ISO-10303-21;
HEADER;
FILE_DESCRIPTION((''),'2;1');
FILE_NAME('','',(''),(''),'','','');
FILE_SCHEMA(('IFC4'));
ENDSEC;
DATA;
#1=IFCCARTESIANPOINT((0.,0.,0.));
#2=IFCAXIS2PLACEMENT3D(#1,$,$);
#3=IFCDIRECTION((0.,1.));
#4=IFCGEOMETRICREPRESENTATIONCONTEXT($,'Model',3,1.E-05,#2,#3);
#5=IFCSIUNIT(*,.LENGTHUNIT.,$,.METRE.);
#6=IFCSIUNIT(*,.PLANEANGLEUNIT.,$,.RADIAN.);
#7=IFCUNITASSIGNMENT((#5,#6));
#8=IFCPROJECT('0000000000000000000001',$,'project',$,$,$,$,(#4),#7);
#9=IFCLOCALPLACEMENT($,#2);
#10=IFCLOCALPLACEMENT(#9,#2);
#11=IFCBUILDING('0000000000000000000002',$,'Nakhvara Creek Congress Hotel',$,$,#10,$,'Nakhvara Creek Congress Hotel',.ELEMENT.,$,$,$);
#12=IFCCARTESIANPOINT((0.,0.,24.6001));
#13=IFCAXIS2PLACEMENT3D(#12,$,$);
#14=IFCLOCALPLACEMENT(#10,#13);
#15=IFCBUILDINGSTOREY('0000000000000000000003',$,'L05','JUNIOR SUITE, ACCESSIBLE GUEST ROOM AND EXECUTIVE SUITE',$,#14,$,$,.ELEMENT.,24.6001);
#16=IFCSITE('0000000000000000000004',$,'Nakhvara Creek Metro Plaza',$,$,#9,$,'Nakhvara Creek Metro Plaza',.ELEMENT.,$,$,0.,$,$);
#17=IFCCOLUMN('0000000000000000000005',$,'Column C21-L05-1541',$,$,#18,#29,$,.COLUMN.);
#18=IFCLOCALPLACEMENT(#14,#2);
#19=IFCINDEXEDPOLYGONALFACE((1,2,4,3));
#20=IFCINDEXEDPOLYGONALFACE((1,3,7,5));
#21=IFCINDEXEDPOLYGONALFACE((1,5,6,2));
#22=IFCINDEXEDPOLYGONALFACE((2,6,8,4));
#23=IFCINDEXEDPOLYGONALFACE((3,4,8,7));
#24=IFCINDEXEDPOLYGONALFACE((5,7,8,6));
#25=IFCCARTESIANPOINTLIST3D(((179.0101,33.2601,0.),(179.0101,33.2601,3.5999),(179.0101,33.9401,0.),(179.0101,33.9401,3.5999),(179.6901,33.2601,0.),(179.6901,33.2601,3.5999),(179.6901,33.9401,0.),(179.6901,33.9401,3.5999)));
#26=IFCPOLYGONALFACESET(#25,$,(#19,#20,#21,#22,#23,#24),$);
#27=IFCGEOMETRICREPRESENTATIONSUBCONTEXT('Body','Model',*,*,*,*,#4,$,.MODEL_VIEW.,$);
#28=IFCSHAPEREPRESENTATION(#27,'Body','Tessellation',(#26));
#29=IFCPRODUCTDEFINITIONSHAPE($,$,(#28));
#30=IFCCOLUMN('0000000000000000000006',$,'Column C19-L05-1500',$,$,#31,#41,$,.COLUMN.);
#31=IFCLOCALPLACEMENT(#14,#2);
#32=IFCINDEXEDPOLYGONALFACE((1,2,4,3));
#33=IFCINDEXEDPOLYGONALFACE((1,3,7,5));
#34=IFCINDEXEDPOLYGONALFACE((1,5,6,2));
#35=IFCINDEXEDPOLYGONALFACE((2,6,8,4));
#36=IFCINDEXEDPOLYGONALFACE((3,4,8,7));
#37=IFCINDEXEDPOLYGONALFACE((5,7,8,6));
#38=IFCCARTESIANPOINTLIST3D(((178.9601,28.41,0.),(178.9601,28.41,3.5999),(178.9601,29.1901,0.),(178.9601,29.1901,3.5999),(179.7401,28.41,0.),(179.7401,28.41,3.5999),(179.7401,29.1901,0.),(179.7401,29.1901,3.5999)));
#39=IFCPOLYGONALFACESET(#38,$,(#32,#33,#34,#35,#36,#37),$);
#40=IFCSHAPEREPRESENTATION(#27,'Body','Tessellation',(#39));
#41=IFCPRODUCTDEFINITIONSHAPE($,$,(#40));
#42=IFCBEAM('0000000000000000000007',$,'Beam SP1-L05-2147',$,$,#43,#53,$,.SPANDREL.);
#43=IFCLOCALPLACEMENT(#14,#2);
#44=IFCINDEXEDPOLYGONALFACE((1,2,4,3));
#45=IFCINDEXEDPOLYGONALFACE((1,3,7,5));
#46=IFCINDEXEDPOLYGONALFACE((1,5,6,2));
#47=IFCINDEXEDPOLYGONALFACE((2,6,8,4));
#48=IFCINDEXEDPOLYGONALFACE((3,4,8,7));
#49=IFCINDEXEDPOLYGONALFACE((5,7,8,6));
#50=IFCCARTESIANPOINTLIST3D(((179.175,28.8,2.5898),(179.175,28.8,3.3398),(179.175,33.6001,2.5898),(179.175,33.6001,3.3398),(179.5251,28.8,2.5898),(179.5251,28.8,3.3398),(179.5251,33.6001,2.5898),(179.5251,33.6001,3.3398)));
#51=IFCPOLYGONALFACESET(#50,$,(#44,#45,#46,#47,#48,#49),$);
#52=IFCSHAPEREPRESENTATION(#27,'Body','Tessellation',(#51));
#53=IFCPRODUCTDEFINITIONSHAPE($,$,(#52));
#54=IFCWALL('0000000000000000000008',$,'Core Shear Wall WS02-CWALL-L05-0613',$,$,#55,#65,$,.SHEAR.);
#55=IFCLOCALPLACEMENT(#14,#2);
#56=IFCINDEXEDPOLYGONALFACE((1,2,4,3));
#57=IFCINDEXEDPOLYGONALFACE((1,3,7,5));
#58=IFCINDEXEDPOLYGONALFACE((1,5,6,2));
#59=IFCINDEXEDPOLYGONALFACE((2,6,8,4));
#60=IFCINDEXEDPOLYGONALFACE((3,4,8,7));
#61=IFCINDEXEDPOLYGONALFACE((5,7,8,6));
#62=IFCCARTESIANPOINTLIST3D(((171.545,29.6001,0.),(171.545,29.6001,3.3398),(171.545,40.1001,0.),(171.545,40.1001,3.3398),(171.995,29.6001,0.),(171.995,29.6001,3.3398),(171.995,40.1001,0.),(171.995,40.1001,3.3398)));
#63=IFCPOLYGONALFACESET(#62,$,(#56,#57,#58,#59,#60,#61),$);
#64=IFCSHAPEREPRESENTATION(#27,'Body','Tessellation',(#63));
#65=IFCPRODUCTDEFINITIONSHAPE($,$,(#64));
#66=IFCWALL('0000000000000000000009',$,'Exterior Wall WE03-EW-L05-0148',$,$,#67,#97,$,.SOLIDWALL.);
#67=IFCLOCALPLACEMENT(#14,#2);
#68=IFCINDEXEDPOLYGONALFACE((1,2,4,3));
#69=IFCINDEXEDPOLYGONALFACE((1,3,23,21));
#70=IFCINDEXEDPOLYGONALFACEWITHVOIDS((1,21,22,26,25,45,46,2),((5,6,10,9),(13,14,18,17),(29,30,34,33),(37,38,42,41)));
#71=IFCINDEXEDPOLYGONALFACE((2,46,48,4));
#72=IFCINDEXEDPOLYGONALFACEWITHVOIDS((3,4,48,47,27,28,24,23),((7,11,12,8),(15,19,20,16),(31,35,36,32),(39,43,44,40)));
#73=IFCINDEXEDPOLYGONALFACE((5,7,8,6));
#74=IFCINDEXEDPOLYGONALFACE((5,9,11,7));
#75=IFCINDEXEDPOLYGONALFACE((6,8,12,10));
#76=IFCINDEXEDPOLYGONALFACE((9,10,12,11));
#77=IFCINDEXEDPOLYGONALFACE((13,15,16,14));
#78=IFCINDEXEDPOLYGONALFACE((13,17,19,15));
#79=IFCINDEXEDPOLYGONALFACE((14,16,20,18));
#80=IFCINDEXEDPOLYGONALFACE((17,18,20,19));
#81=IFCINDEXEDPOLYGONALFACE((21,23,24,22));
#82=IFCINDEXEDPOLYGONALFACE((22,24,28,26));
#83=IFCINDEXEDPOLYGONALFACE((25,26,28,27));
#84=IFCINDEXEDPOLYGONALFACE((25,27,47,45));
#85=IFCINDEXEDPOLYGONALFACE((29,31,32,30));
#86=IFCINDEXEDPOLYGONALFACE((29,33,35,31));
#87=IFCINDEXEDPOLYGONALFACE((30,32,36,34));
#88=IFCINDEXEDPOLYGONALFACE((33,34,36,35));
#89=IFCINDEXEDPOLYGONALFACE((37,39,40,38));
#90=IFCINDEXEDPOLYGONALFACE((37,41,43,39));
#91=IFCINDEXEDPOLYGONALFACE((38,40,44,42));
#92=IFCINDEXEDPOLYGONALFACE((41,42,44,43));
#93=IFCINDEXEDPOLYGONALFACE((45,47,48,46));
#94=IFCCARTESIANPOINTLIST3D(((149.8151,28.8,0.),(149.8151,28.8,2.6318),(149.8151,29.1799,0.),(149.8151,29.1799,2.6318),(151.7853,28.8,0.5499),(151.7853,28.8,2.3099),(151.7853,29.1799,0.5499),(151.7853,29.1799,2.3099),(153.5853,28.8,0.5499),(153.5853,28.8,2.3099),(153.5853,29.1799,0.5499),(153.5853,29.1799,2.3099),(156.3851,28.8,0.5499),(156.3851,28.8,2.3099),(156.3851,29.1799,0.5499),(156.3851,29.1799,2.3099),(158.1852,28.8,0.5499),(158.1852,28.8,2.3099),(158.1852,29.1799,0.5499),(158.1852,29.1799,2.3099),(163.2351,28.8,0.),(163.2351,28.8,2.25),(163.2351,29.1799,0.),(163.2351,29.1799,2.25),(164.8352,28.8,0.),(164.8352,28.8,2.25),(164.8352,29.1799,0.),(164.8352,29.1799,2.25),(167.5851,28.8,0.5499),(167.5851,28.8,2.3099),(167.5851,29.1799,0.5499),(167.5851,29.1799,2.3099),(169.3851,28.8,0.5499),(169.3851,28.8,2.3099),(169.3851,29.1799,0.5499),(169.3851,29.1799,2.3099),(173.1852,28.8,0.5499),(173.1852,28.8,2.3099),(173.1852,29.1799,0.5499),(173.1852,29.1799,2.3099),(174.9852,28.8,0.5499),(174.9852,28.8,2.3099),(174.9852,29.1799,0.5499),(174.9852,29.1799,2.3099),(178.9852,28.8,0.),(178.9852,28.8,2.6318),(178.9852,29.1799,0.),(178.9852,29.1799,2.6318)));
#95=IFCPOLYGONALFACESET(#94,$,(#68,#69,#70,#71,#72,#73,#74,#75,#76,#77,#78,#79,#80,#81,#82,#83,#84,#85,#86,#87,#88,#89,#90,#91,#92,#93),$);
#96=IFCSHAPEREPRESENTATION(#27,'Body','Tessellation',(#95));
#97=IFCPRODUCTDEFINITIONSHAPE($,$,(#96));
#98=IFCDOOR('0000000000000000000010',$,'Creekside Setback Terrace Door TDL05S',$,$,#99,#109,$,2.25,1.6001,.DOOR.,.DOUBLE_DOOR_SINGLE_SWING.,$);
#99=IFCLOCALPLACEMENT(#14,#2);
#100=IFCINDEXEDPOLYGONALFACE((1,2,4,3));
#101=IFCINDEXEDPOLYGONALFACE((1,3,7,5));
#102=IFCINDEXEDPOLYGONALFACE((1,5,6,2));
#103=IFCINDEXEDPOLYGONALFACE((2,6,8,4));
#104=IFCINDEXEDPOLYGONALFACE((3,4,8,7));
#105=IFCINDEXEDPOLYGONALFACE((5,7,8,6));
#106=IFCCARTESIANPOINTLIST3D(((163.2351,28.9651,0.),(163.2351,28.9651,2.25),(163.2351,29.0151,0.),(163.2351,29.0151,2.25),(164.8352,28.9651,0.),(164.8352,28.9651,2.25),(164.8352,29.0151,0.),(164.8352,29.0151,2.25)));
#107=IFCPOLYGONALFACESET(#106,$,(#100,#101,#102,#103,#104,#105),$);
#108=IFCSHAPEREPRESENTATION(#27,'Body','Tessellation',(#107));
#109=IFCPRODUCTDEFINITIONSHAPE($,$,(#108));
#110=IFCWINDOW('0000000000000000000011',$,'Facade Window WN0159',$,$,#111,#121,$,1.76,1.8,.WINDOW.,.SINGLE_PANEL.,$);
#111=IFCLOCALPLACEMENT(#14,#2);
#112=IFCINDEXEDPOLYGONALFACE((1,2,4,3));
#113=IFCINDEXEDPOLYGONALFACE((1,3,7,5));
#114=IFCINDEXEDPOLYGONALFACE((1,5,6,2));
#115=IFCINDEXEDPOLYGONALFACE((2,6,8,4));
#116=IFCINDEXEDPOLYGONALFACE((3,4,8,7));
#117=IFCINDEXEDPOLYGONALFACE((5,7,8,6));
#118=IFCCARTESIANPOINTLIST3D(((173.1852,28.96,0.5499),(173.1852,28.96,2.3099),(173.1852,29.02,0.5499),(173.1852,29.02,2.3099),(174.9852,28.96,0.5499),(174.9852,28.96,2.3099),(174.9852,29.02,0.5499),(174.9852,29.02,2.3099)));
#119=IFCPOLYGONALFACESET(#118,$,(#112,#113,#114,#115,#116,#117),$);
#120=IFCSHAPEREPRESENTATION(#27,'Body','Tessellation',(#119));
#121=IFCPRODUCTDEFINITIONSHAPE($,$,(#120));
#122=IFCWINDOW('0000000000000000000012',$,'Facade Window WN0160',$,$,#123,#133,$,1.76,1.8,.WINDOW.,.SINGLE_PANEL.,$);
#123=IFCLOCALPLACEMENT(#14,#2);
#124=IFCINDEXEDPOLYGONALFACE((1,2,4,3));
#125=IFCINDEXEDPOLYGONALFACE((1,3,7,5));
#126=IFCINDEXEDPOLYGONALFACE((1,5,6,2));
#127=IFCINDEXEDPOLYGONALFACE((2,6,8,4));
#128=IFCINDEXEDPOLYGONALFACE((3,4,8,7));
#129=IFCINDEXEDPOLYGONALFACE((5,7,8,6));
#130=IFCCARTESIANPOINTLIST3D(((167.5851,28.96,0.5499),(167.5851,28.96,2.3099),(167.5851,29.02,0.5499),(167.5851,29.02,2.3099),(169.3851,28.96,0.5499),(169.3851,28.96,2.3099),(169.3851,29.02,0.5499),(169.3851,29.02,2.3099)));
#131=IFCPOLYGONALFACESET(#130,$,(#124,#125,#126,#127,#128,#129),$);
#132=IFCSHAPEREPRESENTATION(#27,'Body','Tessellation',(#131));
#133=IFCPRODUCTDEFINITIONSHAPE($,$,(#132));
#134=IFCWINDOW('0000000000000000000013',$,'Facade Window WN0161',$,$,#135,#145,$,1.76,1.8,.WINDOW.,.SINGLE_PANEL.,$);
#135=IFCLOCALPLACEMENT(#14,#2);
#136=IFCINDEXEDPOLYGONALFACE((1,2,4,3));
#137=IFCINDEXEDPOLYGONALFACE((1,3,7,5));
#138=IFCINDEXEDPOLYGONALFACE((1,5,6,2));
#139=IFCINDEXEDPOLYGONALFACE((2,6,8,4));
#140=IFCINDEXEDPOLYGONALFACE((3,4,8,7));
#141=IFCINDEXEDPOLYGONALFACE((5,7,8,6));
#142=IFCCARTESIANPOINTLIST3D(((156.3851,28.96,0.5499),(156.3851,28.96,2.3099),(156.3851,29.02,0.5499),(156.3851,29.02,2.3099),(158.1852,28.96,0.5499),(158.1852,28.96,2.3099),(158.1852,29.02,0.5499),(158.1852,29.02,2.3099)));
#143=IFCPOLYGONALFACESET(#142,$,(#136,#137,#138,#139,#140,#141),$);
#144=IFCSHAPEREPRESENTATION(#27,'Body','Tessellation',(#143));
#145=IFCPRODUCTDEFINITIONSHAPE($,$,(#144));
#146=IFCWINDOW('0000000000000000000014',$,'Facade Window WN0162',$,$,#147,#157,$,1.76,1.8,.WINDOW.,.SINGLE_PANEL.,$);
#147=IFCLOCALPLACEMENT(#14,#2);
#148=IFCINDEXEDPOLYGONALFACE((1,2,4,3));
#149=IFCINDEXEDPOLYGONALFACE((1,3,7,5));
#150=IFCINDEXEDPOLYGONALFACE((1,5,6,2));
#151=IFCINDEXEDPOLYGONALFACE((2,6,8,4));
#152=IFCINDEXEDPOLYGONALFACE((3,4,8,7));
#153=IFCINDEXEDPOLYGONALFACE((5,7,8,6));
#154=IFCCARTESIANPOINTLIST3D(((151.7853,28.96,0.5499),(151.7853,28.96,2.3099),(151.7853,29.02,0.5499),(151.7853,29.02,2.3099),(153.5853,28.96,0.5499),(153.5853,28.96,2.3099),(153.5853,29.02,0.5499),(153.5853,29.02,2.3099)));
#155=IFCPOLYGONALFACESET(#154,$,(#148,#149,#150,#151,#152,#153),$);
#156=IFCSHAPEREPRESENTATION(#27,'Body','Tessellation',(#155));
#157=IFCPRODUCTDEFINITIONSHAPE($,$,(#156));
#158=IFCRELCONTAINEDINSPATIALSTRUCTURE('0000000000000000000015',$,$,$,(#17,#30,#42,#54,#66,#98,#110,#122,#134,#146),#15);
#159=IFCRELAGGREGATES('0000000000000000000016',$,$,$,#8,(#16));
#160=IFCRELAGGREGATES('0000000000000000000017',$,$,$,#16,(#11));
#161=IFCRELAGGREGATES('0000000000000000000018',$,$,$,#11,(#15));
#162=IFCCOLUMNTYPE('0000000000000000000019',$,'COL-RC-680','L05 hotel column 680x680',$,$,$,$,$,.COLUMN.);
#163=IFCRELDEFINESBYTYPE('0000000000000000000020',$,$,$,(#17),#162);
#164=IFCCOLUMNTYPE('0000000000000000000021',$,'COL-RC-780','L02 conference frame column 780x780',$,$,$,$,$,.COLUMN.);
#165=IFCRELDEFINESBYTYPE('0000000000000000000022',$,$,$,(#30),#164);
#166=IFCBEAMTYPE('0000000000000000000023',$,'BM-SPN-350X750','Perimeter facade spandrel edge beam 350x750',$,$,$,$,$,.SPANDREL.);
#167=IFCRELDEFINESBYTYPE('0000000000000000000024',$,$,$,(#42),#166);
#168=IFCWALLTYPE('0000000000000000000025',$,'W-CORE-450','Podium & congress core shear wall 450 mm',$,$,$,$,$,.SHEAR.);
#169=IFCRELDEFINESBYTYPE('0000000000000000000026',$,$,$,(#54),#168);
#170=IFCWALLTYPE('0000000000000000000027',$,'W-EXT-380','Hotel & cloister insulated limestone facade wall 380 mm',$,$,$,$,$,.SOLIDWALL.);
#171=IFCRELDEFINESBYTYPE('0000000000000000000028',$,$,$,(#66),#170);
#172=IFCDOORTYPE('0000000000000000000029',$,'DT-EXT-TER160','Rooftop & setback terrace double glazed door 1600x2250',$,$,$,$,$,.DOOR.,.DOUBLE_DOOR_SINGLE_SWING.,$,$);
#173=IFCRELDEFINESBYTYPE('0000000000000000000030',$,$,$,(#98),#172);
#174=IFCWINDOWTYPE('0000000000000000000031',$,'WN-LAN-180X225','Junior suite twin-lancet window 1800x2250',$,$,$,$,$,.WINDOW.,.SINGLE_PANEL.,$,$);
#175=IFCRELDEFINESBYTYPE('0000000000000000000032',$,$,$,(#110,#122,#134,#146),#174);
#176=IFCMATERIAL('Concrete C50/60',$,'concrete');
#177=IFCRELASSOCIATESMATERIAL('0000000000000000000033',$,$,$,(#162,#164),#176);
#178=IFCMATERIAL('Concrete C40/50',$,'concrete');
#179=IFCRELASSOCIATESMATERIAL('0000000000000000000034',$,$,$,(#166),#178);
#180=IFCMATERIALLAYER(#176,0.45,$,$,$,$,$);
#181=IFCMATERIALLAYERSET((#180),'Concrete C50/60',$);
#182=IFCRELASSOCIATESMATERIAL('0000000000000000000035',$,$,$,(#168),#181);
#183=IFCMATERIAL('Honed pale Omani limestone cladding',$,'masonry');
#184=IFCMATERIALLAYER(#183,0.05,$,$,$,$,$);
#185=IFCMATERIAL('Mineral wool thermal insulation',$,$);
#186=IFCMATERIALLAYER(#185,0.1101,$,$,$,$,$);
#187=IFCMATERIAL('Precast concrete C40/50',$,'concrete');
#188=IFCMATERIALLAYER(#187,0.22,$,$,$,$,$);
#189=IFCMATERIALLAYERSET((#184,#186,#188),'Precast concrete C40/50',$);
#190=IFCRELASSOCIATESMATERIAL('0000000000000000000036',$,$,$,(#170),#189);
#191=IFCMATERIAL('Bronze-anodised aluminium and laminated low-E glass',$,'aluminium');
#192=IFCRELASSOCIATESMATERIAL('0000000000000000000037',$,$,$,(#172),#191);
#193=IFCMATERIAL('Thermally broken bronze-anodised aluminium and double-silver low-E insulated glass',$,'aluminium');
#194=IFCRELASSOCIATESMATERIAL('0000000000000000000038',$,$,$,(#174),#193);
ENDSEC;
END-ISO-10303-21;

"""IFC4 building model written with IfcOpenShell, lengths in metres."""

from ifc_helpers import new_model, si_unit, direction, frame, frame_2d, origin, origin_2d, place, context, subcontext, project, spatial, rectangle, extrude, material, layer, layer_set, material_profile, profile_set, type_object, element, fill, save


model = new_model("IFC4")

# Units and contexts
model_context = context("Model", 3, precision=1e-05, world=origin(), true_north=direction((0.0, 1.0)))
body_context = subcontext(model_context, "Body", "Model", "MODEL_VIEW")
ifc_project = project(units=[si_unit("LENGTHUNIT", "METRE"), si_unit("PLANEANGLEUNIT", "RADIAN")], contexts=[model_context])

# Site, building, storey
site_placement = place(None, origin())
site = spatial("IfcSite", under=ifc_project, at=site_placement, Name="Nakhvara Creek Metro Plaza", LongName="Nakhvara Creek Metro Plaza", CompositionType="ELEMENT", RefElevation=0.0)
building_placement = place(site_placement, origin())
building = spatial("IfcBuilding", under=site, at=building_placement, Name="Nakhvara Creek Congress Hotel", LongName="Nakhvara Creek Congress Hotel", CompositionType="ELEMENT")
storey_placement = place(building_placement, frame((0.0, 0.0, 24.6001)))
storey = spatial("IfcBuildingStorey", under=building, at=storey_placement, Name="L05", Description="JUNIOR SUITE, ACCESSIBLE GUEST ROOM AND EXECUTIVE SUITE", CompositionType="ELEMENT", Elevation=24.6001)

# Columns
ifc_material_1 = material(Name="Concrete C50/60", Category="concrete")
ifc_material_profile_1 = material_profile(ifc_material_1, rectangle(XDim=0.6799, YDim=0.6799, at=origin_2d()), Name="RC-COL 680x680", Category="LoadBearing")
ifc_profile_set_1 = profile_set([ifc_material_profile_1], Name="Concrete C50/60")
column_type_1 = type_object("IfcColumnType", Name="COL-RC-680", Description="L05 hotel column 680x680", PredefinedType="COLUMN", material=ifc_profile_set_1)
column_1_placement = place(storey_placement, frame((179.3501, 33.6001, 0.0), z_axis=(0.0, 0.0, 1.0), x_axis=(1.0, 0.0, 0.0)))
element("IfcColumn", 1, at=column_1_placement, inside=storey, type_object=column_type_1, Name="Column C21-L05-1541", PredefinedType="COLUMN", context=body_context, shape_type="SweptSolid", body=[
    extrude(rectangle(XDim=0.6799, YDim=0.6799, at=origin_2d()), origin(), (0.0, 0.0, 1.0), 3.5999),
])
ifc_material_profile_2 = material_profile(ifc_material_1, rectangle(XDim=0.78, YDim=0.78, at=origin_2d()), Name="RC-COL 780x780", Category="LoadBearing")
ifc_profile_set_2 = profile_set([ifc_material_profile_2], Name="Concrete C50/60")
column_type_2 = type_object("IfcColumnType", Name="COL-RC-780", Description="L02 conference frame column 780x780", PredefinedType="COLUMN", material=ifc_profile_set_2)
column_2_placement = place(storey_placement, frame((179.3501, 28.8, 0.0), z_axis=(0.0, 0.0, 1.0), x_axis=(1.0, 0.0, 0.0)))
element("IfcColumn", 2, at=column_2_placement, inside=storey, type_object=column_type_2, Name="Column C19-L05-1500", PredefinedType="COLUMN", context=body_context, shape_type="SweptSolid", body=[
    extrude(rectangle(XDim=0.78, YDim=0.78, at=origin_2d()), origin(), (0.0, 0.0, 1.0), 3.5999),
])

# Beam
ifc_material_2 = material(Name="Concrete C40/50", Category="concrete")
ifc_material_profile_3 = material_profile(ifc_material_2, rectangle(XDim=0.3501, YDim=0.75, at=origin_2d()), Name="RC-SPANDREL 350x750", Category="LoadBearing")
ifc_profile_set_3 = profile_set([ifc_material_profile_3], Name="Concrete C40/50")
beam_type = type_object("IfcBeamType", Name="BM-SPN-350X750", Description="Perimeter facade spandrel edge beam 350x750", PredefinedType="SPANDREL", material=ifc_profile_set_3)
beam_placement = place(storey_placement, frame((179.3501, 28.8, 2.9648), z_axis=(0.0, 1.0, 0.0), x_axis=(-1.0, 0.0, 0.0)))
element("IfcBeam", 3, at=beam_placement, inside=storey, type_object=beam_type, Name="Beam SP1-L05-2147", PredefinedType="SPANDREL", context=body_context, shape_type="SweptSolid", body=[
    extrude(rectangle(XDim=0.3501, YDim=0.75, at=origin_2d()), origin(), (0.0, 0.0, 1.0), 4.8),
])

# Wall
ifc_layer_1 = layer(ifc_material_1, 0.45)
ifc_layer_set_1 = layer_set([ifc_layer_1], Name="Concrete C50/60")
wall_type_1 = type_object("IfcWallType", Name="W-CORE-450", Description="Podium & congress core shear wall 450 mm", PredefinedType="SHEAR", material=ifc_layer_set_1)
wall_1_placement = place(storey_placement, frame((171.77, 29.6001, 0.0), z_axis=(0.0, 0.0, 1.0), x_axis=(0.0, 1.0, 0.0)))
element("IfcWall", 4, at=wall_1_placement, inside=storey, type_object=wall_type_1, Name="Core Shear Wall WS02-CWALL-L05-0613", PredefinedType="SHEAR", context=body_context, shape_type="SweptSolid", body=[
    extrude(rectangle(XDim=10.5, YDim=0.45, at=frame_2d((5.25, 0.0))), origin(), (0.0, 0.0, 1.0), 3.3398),
])

# Wall, openings, door, windows
ifc_material_3 = material(Name="Honed pale Omani limestone cladding", Category="masonry")
ifc_layer_2 = layer(ifc_material_3, 0.05)
ifc_material_4 = material(Name="Mineral wool thermal insulation")
ifc_layer_3 = layer(ifc_material_4, 0.1101)
ifc_material_5 = material(Name="Precast concrete C40/50", Category="concrete")
ifc_layer_4 = layer(ifc_material_5, 0.22)
ifc_layer_set_2 = layer_set([ifc_layer_2, ifc_layer_3, ifc_layer_4], Name="Precast concrete C40/50")
wall_type_2 = type_object("IfcWallType", Name="W-EXT-380", Description="Hotel & cloister insulated limestone facade wall 380 mm", PredefinedType="SOLIDWALL", material=ifc_layer_set_2)
wall_2_placement = place(storey_placement, frame((178.9851, 28.99, 0.0), z_axis=(0.0, 0.0, 1.0), x_axis=(-1.0, 0.0, 0.0)))
wall_2 = element("IfcWall", 5, at=wall_2_placement, inside=storey, type_object=wall_type_2, Name="Exterior Wall WE03-EW-L05-0148", PredefinedType="SOLIDWALL", context=body_context, shape_type="SweptSolid", body=[
    extrude(rectangle(XDim=29.1702, YDim=0.3799, at=frame_2d((14.585, 0.0))), origin(), (0.0, 0.0, 1.0), 2.6318),
])
opening_1_placement = place(wall_2_placement, frame((14.1499, 0.0, 0.0)))
opening_1 = element("IfcOpeningElement", 6, at=opening_1_placement, cuts=wall_2, PredefinedType="OPENING", context=body_context, shape_type="SweptSolid", body=[
    extrude(rectangle(XDim=1.6001, YDim=2.25, at=frame_2d((0.8, 1.125))), frame((0.0, 0.2019, 0.0), z_axis=(0.0, -1.0, 0.0), x_axis=(1.0, 0.0, 0.0)), (0.0, 0.0, 1.0), 0.4038),
])
opening_2_placement = place(wall_2_placement, frame((4.0, 0.0, 0.55)))
opening_2 = element("IfcOpeningElement", 7, at=opening_2_placement, cuts=wall_2, PredefinedType="OPENING", context=body_context, shape_type="SweptSolid", body=[
    extrude(rectangle(XDim=1.8, YDim=1.76, at=frame_2d((0.8999, 0.8799))), frame((0.0, 0.2019, 0.0), z_axis=(0.0, -1.0, 0.0), x_axis=(1.0, 0.0, 0.0)), (0.0, 0.0, 1.0), 0.4038),
])
opening_3_placement = place(wall_2_placement, frame((9.6001, 0.0, 0.55)))
opening_3 = element("IfcOpeningElement", 8, at=opening_3_placement, cuts=wall_2, PredefinedType="OPENING", context=body_context, shape_type="SweptSolid", body=[
    extrude(rectangle(XDim=1.8, YDim=1.76, at=frame_2d((0.8999, 0.8799))), frame((0.0, 0.2019, 0.0), z_axis=(0.0, -1.0, 0.0), x_axis=(1.0, 0.0, 0.0)), (0.0, 0.0, 1.0), 0.4038),
])
opening_4_placement = place(wall_2_placement, frame((20.8, 0.0, 0.55)))
opening_4 = element("IfcOpeningElement", 9, at=opening_4_placement, cuts=wall_2, PredefinedType="OPENING", context=body_context, shape_type="SweptSolid", body=[
    extrude(rectangle(XDim=1.8, YDim=1.76, at=frame_2d((0.8999, 0.8799))), frame((0.0, 0.2019, 0.0), z_axis=(0.0, -1.0, 0.0), x_axis=(1.0, 0.0, 0.0)), (0.0, 0.0, 1.0), 0.4038),
])
opening_5_placement = place(wall_2_placement, frame((25.3999, 0.0, 0.55)))
opening_5 = element("IfcOpeningElement", 10, at=opening_5_placement, cuts=wall_2, PredefinedType="OPENING", context=body_context, shape_type="SweptSolid", body=[
    extrude(rectangle(XDim=1.8, YDim=1.76, at=frame_2d((0.8999, 0.8799))), frame((0.0, 0.2019, 0.0), z_axis=(0.0, -1.0, 0.0), x_axis=(1.0, 0.0, 0.0)), (0.0, 0.0, 1.0), 0.4038),
])
ifc_material_6 = material(Name="Bronze-anodised aluminium and laminated low-E glass", Category="aluminium")
door_type = type_object("IfcDoorType", Name="DT-EXT-TER160", Description="Rooftop & setback terrace double glazed door 1600x2250", OperationType="DOUBLE_DOOR_SINGLE_SWING", PredefinedType="DOOR", material=ifc_material_6)
door_placement = place(opening_1_placement, origin())
door = element("IfcDoor", 11, at=door_placement, inside=storey, type_object=door_type, Name="Creekside Setback Terrace Door TDL05S", OperationType="DOUBLE_DOOR_SINGLE_SWING", OverallHeight=2.25, OverallWidth=1.6001, PredefinedType="DOOR", context=body_context, shape_type="SweptSolid", body=[
    extrude(rectangle(XDim=1.6001, YDim=2.25, at=frame_2d((0.8, 1.125))), frame((0.0, 0.0249, 0.0), z_axis=(0.0, -1.0, 0.0), x_axis=(1.0, 0.0, 0.0)), (0.0, 0.0, 1.0), 0.05),
])
fill(opening_1, door)
ifc_material_7 = material(Name="Thermally broken bronze-anodised aluminium and double-silver low-E insulated glass", Category="aluminium")
window_type = type_object("IfcWindowType", Name="WN-LAN-180X225", Description="Junior suite twin-lancet window 1800x2250", PartitioningType="SINGLE_PANEL", PredefinedType="WINDOW", material=ifc_material_7)
window_1_placement = place(opening_2_placement, origin())
window_1 = element("IfcWindow", 12, at=window_1_placement, inside=storey, type_object=window_type, Name="Facade Window WN0159", OverallHeight=1.76, OverallWidth=1.8, PartitioningType="SINGLE_PANEL", PredefinedType="WINDOW", context=body_context, shape_type="SweptSolid", body=[
    extrude(rectangle(XDim=1.8, YDim=1.76, at=frame_2d((0.8999, 0.8799))), frame((0.0, 0.03, 0.0), z_axis=(0.0, -1.0, 0.0), x_axis=(1.0, 0.0, 0.0)), (0.0, 0.0, 1.0), 0.0601),
])
fill(opening_2, window_1)
window_2_placement = place(opening_3_placement, origin())
window_2 = element("IfcWindow", 13, at=window_2_placement, inside=storey, type_object=window_type, Name="Facade Window WN0160", OverallHeight=1.76, OverallWidth=1.8, PartitioningType="SINGLE_PANEL", PredefinedType="WINDOW", context=body_context, shape_type="SweptSolid", body=[
    extrude(rectangle(XDim=1.8, YDim=1.76, at=frame_2d((0.8999, 0.8799))), frame((0.0, 0.03, 0.0), z_axis=(0.0, -1.0, 0.0), x_axis=(1.0, 0.0, 0.0)), (0.0, 0.0, 1.0), 0.0601),
])
fill(opening_3, window_2)
window_3_placement = place(opening_4_placement, origin())
window_3 = element("IfcWindow", 14, at=window_3_placement, inside=storey, type_object=window_type, Name="Facade Window WN0161", OverallHeight=1.76, OverallWidth=1.8, PartitioningType="SINGLE_PANEL", PredefinedType="WINDOW", context=body_context, shape_type="SweptSolid", body=[
    extrude(rectangle(XDim=1.8, YDim=1.76, at=frame_2d((0.8999, 0.8799))), frame((0.0, 0.03, 0.0), z_axis=(0.0, -1.0, 0.0), x_axis=(1.0, 0.0, 0.0)), (0.0, 0.0, 1.0), 0.0601),
])
fill(opening_4, window_3)
window_4_placement = place(opening_5_placement, origin())
window_4 = element("IfcWindow", 15, at=window_4_placement, inside=storey, type_object=window_type, Name="Facade Window WN0162", OverallHeight=1.76, OverallWidth=1.8, PartitioningType="SINGLE_PANEL", PredefinedType="WINDOW", context=body_context, shape_type="SweptSolid", body=[
    extrude(rectangle(XDim=1.8, YDim=1.76, at=frame_2d((0.8999, 0.8799))), frame((0.0, 0.03, 0.0), z_axis=(0.0, -1.0, 0.0), x_axis=(1.0, 0.0, 0.0)), (0.0, 0.0, 1.0), 0.0601),
])
fill(opening_5, window_4)

save(model, "model.ifc")
